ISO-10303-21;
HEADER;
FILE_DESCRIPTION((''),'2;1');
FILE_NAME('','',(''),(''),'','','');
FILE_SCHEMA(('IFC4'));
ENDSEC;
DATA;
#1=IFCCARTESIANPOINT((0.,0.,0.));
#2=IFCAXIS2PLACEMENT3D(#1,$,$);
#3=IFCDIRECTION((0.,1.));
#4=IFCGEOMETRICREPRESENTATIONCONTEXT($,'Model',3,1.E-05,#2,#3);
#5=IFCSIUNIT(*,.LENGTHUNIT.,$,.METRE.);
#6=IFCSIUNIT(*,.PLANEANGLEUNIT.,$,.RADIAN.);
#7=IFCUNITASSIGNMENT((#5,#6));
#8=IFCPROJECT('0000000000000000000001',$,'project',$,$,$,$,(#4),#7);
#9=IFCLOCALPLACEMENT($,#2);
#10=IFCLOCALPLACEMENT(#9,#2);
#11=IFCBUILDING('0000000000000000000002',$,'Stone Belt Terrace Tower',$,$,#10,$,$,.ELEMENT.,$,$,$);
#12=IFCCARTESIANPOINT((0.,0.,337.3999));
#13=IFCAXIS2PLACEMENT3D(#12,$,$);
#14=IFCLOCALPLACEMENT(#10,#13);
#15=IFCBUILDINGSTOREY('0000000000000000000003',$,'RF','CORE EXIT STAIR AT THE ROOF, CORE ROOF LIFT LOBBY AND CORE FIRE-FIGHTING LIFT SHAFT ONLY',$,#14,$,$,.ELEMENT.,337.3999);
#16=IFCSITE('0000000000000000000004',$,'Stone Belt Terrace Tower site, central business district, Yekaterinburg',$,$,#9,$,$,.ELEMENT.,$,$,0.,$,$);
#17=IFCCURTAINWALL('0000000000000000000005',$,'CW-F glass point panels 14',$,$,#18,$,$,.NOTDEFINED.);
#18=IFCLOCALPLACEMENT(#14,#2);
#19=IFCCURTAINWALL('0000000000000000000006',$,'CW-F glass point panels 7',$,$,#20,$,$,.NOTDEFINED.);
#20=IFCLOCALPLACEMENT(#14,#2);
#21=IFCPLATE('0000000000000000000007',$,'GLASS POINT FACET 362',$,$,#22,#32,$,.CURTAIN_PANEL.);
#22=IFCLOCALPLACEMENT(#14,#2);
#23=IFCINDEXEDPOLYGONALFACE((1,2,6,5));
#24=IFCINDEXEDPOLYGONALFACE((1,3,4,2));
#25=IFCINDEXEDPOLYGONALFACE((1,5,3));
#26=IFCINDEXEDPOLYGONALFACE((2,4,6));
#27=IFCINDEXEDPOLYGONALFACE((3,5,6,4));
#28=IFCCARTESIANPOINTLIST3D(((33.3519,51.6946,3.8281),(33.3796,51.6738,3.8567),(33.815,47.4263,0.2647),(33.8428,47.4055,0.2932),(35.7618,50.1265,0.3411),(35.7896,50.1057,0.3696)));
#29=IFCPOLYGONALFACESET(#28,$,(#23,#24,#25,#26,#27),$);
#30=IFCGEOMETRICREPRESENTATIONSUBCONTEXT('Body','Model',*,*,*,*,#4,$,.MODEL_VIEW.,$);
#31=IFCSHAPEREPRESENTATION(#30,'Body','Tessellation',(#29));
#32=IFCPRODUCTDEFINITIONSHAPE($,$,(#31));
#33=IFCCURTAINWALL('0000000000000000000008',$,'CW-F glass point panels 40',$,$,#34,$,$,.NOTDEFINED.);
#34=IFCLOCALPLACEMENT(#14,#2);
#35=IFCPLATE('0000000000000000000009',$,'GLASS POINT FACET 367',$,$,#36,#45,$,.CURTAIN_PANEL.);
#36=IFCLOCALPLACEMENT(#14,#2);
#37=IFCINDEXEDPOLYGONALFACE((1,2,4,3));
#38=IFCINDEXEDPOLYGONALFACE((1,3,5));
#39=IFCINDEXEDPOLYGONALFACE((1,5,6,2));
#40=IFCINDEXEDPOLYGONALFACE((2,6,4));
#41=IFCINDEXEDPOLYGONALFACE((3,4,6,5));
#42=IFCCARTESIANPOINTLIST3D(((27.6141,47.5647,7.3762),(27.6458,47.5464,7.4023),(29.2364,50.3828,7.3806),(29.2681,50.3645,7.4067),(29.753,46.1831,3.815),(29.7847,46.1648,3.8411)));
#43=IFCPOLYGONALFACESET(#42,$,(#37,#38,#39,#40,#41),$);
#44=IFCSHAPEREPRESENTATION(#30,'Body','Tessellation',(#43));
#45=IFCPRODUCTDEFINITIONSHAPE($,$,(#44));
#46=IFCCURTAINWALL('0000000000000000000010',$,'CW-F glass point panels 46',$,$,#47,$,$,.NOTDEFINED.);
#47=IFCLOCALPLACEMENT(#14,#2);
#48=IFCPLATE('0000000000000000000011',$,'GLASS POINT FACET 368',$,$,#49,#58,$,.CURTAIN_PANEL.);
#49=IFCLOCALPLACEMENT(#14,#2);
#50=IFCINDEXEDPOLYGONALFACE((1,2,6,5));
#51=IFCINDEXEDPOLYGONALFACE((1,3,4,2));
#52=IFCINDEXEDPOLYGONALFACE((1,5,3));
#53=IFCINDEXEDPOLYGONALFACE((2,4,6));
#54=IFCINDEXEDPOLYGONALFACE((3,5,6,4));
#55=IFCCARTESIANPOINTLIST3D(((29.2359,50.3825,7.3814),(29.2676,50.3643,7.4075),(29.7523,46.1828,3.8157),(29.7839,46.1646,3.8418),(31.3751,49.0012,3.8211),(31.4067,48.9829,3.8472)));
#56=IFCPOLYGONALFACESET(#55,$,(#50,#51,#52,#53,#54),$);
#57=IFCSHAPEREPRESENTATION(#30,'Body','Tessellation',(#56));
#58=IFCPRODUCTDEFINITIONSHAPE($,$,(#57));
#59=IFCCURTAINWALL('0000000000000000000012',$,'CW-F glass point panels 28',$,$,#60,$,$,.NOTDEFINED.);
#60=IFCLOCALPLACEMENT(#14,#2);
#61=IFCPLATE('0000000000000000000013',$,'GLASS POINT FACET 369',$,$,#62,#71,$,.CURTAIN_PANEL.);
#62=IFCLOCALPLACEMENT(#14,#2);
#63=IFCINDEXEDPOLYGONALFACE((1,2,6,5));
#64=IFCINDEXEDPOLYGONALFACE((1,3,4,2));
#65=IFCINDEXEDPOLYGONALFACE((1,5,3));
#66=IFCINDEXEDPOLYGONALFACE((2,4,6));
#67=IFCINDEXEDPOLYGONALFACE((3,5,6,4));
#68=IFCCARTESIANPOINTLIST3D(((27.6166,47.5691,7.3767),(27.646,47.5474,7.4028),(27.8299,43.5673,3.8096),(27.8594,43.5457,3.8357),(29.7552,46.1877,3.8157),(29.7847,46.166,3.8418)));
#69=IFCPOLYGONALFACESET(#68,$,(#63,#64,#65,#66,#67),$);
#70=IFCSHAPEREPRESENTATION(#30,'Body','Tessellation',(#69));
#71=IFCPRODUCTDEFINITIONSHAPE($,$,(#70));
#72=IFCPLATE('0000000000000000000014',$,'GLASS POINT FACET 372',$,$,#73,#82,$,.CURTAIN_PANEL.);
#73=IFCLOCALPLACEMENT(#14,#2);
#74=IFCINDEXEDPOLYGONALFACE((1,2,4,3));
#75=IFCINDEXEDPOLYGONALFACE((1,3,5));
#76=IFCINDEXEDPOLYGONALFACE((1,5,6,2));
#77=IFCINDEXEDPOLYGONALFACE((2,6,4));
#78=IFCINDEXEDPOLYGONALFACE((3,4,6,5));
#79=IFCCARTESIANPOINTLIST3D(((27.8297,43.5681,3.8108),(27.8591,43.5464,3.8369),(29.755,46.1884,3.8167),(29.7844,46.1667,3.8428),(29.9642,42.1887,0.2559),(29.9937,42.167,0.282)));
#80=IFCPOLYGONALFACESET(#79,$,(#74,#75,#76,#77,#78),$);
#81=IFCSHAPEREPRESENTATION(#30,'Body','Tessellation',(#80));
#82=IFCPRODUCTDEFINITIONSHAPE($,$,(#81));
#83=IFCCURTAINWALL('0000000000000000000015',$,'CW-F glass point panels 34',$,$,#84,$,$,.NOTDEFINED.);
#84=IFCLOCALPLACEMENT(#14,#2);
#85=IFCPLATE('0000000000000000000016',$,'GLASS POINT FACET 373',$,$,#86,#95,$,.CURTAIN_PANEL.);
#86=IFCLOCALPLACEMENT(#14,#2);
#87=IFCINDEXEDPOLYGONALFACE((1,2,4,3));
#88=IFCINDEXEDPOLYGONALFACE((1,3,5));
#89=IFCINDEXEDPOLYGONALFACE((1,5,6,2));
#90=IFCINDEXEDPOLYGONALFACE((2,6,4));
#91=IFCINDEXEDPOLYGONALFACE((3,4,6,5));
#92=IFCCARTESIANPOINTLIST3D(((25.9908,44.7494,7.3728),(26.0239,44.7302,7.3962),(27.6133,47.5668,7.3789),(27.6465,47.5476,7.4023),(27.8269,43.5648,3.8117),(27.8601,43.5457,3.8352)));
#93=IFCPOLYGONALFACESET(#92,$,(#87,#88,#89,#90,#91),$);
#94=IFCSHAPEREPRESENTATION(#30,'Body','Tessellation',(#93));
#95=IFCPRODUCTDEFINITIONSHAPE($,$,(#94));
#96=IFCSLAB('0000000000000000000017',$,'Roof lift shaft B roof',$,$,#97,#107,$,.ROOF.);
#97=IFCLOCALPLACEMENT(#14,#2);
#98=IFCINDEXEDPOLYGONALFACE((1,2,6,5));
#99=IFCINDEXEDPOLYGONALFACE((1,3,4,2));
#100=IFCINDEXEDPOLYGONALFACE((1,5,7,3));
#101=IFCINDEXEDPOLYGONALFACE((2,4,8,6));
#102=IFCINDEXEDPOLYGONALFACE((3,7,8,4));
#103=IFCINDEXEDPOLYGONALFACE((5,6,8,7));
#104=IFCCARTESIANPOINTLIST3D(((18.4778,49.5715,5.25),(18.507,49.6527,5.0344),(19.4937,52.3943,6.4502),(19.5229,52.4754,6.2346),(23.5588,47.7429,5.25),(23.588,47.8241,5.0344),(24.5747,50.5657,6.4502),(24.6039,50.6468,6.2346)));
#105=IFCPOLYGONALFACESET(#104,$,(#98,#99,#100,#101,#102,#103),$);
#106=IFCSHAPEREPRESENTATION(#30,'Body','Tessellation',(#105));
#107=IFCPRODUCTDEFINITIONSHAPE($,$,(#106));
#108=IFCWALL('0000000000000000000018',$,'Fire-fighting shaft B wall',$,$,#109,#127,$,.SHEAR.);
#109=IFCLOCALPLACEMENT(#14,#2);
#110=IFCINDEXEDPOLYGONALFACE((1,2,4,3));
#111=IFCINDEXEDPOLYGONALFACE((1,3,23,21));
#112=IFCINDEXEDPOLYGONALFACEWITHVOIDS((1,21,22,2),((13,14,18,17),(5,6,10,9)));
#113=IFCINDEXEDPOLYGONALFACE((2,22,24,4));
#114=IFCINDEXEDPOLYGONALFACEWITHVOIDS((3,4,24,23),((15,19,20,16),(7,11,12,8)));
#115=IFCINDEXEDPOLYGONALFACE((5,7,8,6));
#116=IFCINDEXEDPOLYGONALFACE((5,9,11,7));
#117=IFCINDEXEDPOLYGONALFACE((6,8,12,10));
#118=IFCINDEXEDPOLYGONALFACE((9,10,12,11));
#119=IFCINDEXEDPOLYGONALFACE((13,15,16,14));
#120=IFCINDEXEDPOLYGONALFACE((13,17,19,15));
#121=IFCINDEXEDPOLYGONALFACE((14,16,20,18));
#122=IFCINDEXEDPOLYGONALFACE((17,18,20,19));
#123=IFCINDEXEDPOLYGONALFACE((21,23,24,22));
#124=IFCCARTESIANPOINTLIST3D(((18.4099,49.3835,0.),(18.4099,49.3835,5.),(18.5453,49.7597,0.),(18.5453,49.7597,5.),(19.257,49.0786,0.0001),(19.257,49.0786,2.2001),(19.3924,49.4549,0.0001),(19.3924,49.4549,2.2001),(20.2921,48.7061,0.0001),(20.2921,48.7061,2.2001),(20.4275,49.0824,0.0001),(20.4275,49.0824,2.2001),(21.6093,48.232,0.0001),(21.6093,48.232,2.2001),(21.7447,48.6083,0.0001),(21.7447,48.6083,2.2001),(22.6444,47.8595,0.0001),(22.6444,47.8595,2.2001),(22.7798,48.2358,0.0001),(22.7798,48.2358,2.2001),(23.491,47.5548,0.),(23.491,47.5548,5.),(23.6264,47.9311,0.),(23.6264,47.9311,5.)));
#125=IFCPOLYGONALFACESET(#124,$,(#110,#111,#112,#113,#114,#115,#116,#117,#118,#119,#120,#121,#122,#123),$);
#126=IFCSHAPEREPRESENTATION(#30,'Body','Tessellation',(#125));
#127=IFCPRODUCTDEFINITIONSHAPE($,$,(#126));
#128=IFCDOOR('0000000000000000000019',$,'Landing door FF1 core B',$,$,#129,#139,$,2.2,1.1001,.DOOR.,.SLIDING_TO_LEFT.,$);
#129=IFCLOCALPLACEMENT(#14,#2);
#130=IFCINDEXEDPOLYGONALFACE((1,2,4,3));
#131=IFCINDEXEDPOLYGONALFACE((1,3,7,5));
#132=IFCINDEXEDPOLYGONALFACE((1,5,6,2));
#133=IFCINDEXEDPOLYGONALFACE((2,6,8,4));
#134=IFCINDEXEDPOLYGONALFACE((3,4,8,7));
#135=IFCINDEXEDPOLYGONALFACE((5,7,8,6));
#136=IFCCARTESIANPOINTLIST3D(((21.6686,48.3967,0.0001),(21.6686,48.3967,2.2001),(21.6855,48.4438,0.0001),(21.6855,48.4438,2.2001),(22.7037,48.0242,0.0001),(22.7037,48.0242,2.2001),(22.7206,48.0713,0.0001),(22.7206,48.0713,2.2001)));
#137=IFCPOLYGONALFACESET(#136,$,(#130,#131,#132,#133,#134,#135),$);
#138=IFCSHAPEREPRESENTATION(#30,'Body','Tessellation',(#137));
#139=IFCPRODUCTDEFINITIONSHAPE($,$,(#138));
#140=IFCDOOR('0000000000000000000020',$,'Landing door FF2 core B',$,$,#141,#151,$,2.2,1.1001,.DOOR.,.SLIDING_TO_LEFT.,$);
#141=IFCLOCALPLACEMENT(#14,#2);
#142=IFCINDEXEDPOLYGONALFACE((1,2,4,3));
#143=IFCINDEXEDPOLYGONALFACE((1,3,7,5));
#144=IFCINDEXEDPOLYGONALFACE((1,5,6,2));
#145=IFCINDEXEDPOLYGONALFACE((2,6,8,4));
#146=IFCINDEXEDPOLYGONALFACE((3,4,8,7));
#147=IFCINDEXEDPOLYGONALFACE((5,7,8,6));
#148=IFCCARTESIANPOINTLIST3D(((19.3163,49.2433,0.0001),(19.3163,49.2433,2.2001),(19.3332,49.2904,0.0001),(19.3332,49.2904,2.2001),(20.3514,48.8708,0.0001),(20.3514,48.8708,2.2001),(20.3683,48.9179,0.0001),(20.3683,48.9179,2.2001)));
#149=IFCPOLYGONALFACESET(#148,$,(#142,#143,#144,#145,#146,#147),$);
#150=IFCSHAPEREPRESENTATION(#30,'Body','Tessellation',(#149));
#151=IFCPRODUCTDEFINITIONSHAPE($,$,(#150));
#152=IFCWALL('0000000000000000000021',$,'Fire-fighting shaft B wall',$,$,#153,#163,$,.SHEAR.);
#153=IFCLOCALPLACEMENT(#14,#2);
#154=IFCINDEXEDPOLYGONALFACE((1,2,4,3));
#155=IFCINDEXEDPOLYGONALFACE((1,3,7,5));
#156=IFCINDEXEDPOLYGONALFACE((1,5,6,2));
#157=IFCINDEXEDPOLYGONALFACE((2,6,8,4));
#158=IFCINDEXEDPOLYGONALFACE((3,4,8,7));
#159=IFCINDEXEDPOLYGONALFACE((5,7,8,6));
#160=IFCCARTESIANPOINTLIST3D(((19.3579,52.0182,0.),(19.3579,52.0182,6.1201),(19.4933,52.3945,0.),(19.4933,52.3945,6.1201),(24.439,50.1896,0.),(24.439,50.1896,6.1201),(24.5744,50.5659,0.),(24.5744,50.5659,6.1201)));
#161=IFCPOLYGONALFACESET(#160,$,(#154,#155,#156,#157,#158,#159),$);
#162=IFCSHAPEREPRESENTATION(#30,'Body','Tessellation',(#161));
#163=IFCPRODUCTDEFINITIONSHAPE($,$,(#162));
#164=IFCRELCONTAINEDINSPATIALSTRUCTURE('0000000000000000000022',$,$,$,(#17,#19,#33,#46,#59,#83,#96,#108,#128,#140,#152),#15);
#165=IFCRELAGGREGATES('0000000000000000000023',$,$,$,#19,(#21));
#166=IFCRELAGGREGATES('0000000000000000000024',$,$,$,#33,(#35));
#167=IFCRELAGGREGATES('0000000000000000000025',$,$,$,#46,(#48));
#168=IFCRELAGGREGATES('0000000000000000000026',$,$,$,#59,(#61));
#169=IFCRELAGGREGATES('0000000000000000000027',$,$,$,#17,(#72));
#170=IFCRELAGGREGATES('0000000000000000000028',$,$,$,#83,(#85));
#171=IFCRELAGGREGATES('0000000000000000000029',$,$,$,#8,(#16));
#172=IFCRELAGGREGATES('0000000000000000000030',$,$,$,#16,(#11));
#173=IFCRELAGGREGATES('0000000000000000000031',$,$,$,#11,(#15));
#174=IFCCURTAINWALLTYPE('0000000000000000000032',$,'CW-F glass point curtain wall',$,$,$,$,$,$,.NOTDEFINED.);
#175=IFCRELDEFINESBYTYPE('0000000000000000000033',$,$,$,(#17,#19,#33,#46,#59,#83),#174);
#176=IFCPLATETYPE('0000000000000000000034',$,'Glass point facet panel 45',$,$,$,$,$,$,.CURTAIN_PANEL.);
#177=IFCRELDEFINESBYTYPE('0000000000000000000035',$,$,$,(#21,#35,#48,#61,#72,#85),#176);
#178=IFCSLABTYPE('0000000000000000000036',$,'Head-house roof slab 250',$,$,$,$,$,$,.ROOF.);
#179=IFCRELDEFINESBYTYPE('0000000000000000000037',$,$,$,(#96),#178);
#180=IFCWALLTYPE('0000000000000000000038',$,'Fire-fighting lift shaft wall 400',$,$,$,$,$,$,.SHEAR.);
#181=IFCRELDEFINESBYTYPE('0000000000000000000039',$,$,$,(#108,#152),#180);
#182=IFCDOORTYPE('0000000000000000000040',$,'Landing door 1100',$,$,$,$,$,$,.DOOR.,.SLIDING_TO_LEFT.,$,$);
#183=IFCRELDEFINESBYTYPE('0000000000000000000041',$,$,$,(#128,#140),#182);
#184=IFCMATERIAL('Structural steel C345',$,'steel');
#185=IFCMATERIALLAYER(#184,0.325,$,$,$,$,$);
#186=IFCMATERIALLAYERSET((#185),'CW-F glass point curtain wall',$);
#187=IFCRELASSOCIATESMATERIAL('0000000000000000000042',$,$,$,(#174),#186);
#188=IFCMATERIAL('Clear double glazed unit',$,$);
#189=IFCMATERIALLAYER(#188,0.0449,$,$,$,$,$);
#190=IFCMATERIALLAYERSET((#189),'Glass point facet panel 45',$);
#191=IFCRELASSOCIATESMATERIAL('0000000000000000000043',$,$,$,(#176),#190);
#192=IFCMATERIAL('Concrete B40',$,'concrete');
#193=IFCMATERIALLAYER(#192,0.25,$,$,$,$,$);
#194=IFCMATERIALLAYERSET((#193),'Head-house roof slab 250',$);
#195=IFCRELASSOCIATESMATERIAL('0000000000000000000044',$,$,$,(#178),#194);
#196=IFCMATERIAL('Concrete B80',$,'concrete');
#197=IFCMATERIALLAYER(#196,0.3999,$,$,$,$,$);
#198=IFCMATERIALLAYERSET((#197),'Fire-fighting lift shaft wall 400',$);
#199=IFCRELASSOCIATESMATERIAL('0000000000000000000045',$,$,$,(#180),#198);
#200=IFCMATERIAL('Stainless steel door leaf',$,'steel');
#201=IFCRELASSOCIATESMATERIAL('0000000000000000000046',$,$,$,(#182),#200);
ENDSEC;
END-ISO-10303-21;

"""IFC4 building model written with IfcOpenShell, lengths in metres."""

from ifc_helpers import new_model, si_unit, direction, frame, frame_2d, origin, place, context, subcontext, project, spatial, polyline, rectangle, outline, extrude, material, layer, layer_set, type_object, element, fill, aggregate, save


model = new_model("IFC4")

# Units and contexts
model_context = context("Model", 3, precision=1e-05, world=origin(), true_north=direction((0.0, 1.0)))
body_context = subcontext(model_context, "Body", "Model", "MODEL_VIEW")
ifc_project = project(units=[si_unit("LENGTHUNIT", "METRE"), si_unit("PLANEANGLEUNIT", "RADIAN")], contexts=[model_context])

# Site, building, storey
site_placement = place(None, origin())
site = spatial("IfcSite", under=ifc_project, at=site_placement, Name="Stone Belt Terrace Tower site, central business district, Yekaterinburg", CompositionType="ELEMENT", RefElevation=0.0)
building_placement = place(site_placement, origin())
building = spatial("IfcBuilding", under=site, at=building_placement, Name="Stone Belt Terrace Tower", CompositionType="ELEMENT")
storey_placement = place(building_placement, frame((0.0, 0.0, 337.3999)))
storey = spatial("IfcBuildingStorey", under=building, at=storey_placement, Name="RF", Description="CORE EXIT STAIR AT THE ROOF, CORE ROOF LIFT LOBBY AND CORE FIRE-FIGHTING LIFT SHAFT ONLY", CompositionType="ELEMENT", Elevation=337.3999)

# Shared definitions
ifc_material_1 = material(Name="Structural steel C345", Category="steel")

# Shared definitions
ifc_layer_1 = layer(ifc_material_1, 0.325)
ifc_layer_set_1 = layer_set([ifc_layer_1], Name="CW-F glass point curtain wall")
curtain_wall_type = type_object("IfcCurtainWallType", Name="CW-F glass point curtain wall", PredefinedType="NOTDEFINED", material=ifc_layer_set_1)
ifc_material_2 = material(Name="Clear double glazed unit")
ifc_layer_2 = layer(ifc_material_2, 0.0449)
ifc_layer_set_2 = layer_set([ifc_layer_2], Name="Glass point facet panel 45")
plate_type = type_object("IfcPlateType", Name="Glass point facet panel 45", PredefinedType="CURTAIN_PANEL", material=ifc_layer_set_2)

# Curtain walls, plates
curtain_wall_1_placement = place(storey_placement, origin())
curtain_wall_1 = element("IfcCurtainWall", 1, at=curtain_wall_1_placement, inside=storey, type_object=curtain_wall_type, Name="CW-F glass point panels 14", PredefinedType="NOTDEFINED")
curtain_wall_2_placement = place(storey_placement, origin())
curtain_wall_2 = element("IfcCurtainWall", 2, at=curtain_wall_2_placement, inside=storey, type_object=curtain_wall_type, Name="CW-F glass point panels 7", PredefinedType="NOTDEFINED")
plate_1_placement = place(storey_placement, frame((35.7896, 50.1057, 0.3696), z_axis=(0.617773, -0.46338, 0.635323), x_axis=(-0.584672, -0.810945, -0.02295)))
plate_1 = element("IfcPlate", 3, at=plate_1_placement, type_object=plate_type, Name="GLASS POINT FACET 362", PredefinedType="CURTAIN_PANEL", context=body_context, shape_type="SweptSolid", body=[
    extrude(outline(polyline([(0.0, 0.0), (3.3297, 0.0), (0.0573, -4.5192), (0.0, 0.0)])), origin(), (0.0, 0.0, -1.0), 0.0449),
])
aggregate(curtain_wall_2, [plate_1])
curtain_wall_3_placement = place(storey_placement, origin())
curtain_wall_3 = element("IfcCurtainWall", 4, at=curtain_wall_3_placement, inside=storey, type_object=curtain_wall_type, Name="CW-F glass point panels 40", PredefinedType="NOTDEFINED")
plate_2_placement = place(storey_placement, frame((27.6458, 47.5464, 7.4023), z_axis=(0.704895, -0.406695, 0.581139), x_axis=(0.498909, 0.866653, 0.001351)))
plate_2 = element("IfcPlate", 5, at=plate_2_placement, type_object=plate_type, Name="GLASS POINT FACET 367", PredefinedType="CURTAIN_PANEL", context=body_context, shape_type="SweptSolid", body=[
    extrude(outline(polyline([(0.0, 0.0), (3.2517, 0.0), (-0.135, -4.3759), (0.0, 0.0)])), origin(), (0.0, 0.0, -1.0), 0.0449),
])
aggregate(curtain_wall_3, [plate_2])
curtain_wall_4_placement = place(storey_placement, origin())
curtain_wall_4 = element("IfcCurtainWall", 6, at=curtain_wall_4_placement, inside=storey, type_object=curtain_wall_type, Name="CW-F glass point panels 46", PredefinedType="NOTDEFINED")
plate_3_placement = place(storey_placement, frame((31.4067, 48.9829, 3.8472), z_axis=(0.704692, -0.406867, 0.581264), x_axis=(-0.498989, -0.866607, -0.001652)))
plate_3 = element("IfcPlate", 7, at=plate_3_placement, type_object=plate_type, Name="GLASS POINT FACET 368", PredefinedType="CURTAIN_PANEL", context=body_context, shape_type="SweptSolid", body=[
    extrude(outline(polyline([(0.0, 0.0), (3.2522, 0.0), (-0.1355, -4.3751), (0.0, 0.0)])), origin(), (0.0, 0.0, -1.0), 0.0449),
])
aggregate(curtain_wall_4, [plate_3])
curtain_wall_5_placement = place(storey_placement, origin())
curtain_wall_5 = element("IfcCurtainWall", 8, at=curtain_wall_5_placement, inside=storey, type_object=curtain_wall_type, Name="CW-F glass point panels 28", PredefinedType="NOTDEFINED")
plate_4_placement = place(storey_placement, frame((27.646, 47.5474, 7.4028), z_axis=(0.655323, -0.482847, 0.580871), x_axis=(0.488554, -0.315552, -0.813475)))
plate_4 = element("IfcPlate", 9, at=plate_4_placement, type_object=plate_type, Name="GLASS POINT FACET 369", PredefinedType="CURTAIN_PANEL", context=body_context, shape_type="SweptSolid", body=[
    extrude(outline(polyline([(0.0, 0.0), (4.3776, 0.0), (4.2688, -3.2498), (0.0, 0.0)])), origin(), (0.0, 0.0, -1.0), 0.0449),
])
aggregate(curtain_wall_5, [plate_4])

# Plate
plate_5_placement = place(storey_placement, frame((29.7844, 46.1667, 3.8428), z_axis=(0.655361, -0.482821, 0.58085), x_axis=(0.039041, -0.746334, -0.664425)))
plate_5 = element("IfcPlate", 10, at=plate_5_placement, type_object=plate_type, Name="GLASS POINT FACET 372", PredefinedType="CURTAIN_PANEL", context=body_context, shape_type="SweptSolid", body=[
    extrude(outline(polyline([(0.0, 0.0), (5.3592, 0.0), (1.8844, -2.6499), (0.0, 0.0)])), origin(), (0.0, 0.0, -1.0), 0.0449),
])
aggregate(curtain_wall_1, [plate_5])

# Curtain wall, plate
curtain_wall_6_placement = place(storey_placement, origin())
curtain_wall_6 = element("IfcCurtainWall", 11, at=curtain_wall_6_placement, inside=storey, type_object=curtain_wall_type, Name="CW-F glass point panels 34", PredefinedType="NOTDEFINED")
plate_6_placement = place(storey_placement, frame((27.6465, 47.5476, 7.4023), z_axis=(0.738354, -0.426357, 0.522545), x_axis=(0.039816, -0.745905, -0.664862)))
plate_6 = element("IfcPlate", 12, at=plate_6_placement, type_object=plate_type, Name="GLASS POINT FACET 373", PredefinedType="CURTAIN_PANEL", context=body_context, shape_type="SweptSolid", body=[
    extrude(outline(polyline([(0.0, 0.0), (5.3652, 0.0), (2.041, -2.5308), (0.0, 0.0)])), origin(), (0.0, 0.0, -1.0), 0.0449),
])
aggregate(curtain_wall_6, [plate_6])

# Slab
ifc_material_3 = material(Name="Concrete B40", Category="concrete")
ifc_layer_3 = layer(ifc_material_3, 0.25)
ifc_layer_set_3 = layer_set([ifc_layer_3], Name="Head-house roof slab 250")
slab_type = type_object("IfcSlabType", Name="Head-house roof slab 250", PredefinedType="ROOF", material=ifc_layer_set_3)
slab_placement = place(storey_placement, frame((23.5588, 47.7429, 5.25), z_axis=(-0.125781, -0.349499, 0.928455), x_axis=(-0.940921, 0.338627, 0.0)))
element("IfcSlab", 13, at=slab_placement, inside=storey, type_object=slab_type, Name="Roof lift shaft B roof", PredefinedType="ROOF", context=body_context, shape_type="SweptSolid", body=[
    extrude(outline(polyline([(0.0, 0.0), (5.4001, 0.0), (5.4001, -3.2312), (0.0, -3.2312), (0.0, 0.0)])), origin(), (0.0, 0.0, -1.0), 0.2322),
])

# Wall, openings, doors
ifc_material_4 = material(Name="Concrete B80", Category="concrete")
ifc_layer_4 = layer(ifc_material_4, 0.3999)
ifc_layer_set_4 = layer_set([ifc_layer_4], Name="Fire-fighting lift shaft wall 400")
wall_type = type_object("IfcWallType", Name="Fire-fighting lift shaft wall 400", PredefinedType="SHEAR", material=ifc_layer_set_4)
wall_1_placement = place(storey_placement, frame((23.5588, 47.7429, 0.0), z_axis=(0.0, 0.0, 1.0), x_axis=(-0.940921, 0.338627, 0.0)))
wall_1 = element("IfcWall", 14, at=wall_1_placement, inside=storey, type_object=wall_type, Name="Fire-fighting shaft B wall", PredefinedType="SHEAR", context=body_context, shape_type="SweptSolid", body=[
    extrude(rectangle(XDim=5.4001, YDim=0.3999, at=frame_2d((2.7002, 0.0))), origin(), (0.0, 0.0, 1.0), 5.0),
])
opening_1_placement = place(wall_1_placement, frame((0.8999, 0.0, 0.0)))
opening_1 = element("IfcOpeningElement", 15, at=opening_1_placement, cuts=wall_1, PredefinedType="OPENING", context=body_context, shape_type="SweptSolid", body=[
    extrude(rectangle(XDim=1.1001, YDim=2.2, at=frame_2d((0.55, 1.1001))), frame((0.0, 0.21, 0.0), z_axis=(0.0, -1.0, 0.0), x_axis=(1.0, 0.0, 0.0)), (0.0, 0.0, 1.0), 0.4199),
])
opening_2_placement = place(wall_1_placement, frame((3.3999, 0.0, 0.0)))
opening_2 = element("IfcOpeningElement", 16, at=opening_2_placement, cuts=wall_1, PredefinedType="OPENING", context=body_context, shape_type="SweptSolid", body=[
    extrude(rectangle(XDim=1.1001, YDim=2.2, at=frame_2d((0.55, 1.1001))), frame((0.0, 0.21, 0.0), z_axis=(0.0, -1.0, 0.0), x_axis=(1.0, 0.0, 0.0)), (0.0, 0.0, 1.0), 0.4199),
])
ifc_material_5 = material(Name="Stainless steel door leaf", Category="steel")
door_type = type_object("IfcDoorType", Name="Landing door 1100", OperationType="SLIDING_TO_LEFT", PredefinedType="DOOR", material=ifc_material_5)
door_1_placement = place(opening_1_placement, origin())
door_1 = element("IfcDoor", 17, at=door_1_placement, inside=storey, type_object=door_type, Name="Landing door FF1 core B", OperationType="SLIDING_TO_LEFT", OverallHeight=2.2, OverallWidth=1.1001, PredefinedType="DOOR", context=body_context, shape_type="SweptSolid", body=[
    extrude(rectangle(XDim=1.1001, YDim=2.2, at=frame_2d((0.55, 1.1001))), frame((0.0, 0.0249, 0.0), z_axis=(0.0, -1.0, 0.0), x_axis=(1.0, 0.0, 0.0)), (0.0, 0.0, 1.0), 0.05),
])
fill(opening_1, door_1)
door_2_placement = place(opening_2_placement, origin())
door_2 = element("IfcDoor", 18, at=door_2_placement, inside=storey, type_object=door_type, Name="Landing door FF2 core B", OperationType="SLIDING_TO_LEFT", OverallHeight=2.2, OverallWidth=1.1001, PredefinedType="DOOR", context=body_context, shape_type="SweptSolid", body=[
    extrude(rectangle(XDim=1.1001, YDim=2.2, at=frame_2d((0.55, 1.1001))), frame((0.0, 0.0249, 0.0), z_axis=(0.0, -1.0, 0.0), x_axis=(1.0, 0.0, 0.0)), (0.0, 0.0, 1.0), 0.05),
])
fill(opening_2, door_2)

# Wall
wall_2_placement = place(storey_placement, frame((24.5068, 50.3777, 0.0), z_axis=(0.0, 0.0, 1.0), x_axis=(-0.940921, 0.338627, 0.0)))
element("IfcWall", 19, at=wall_2_placement, inside=storey, type_object=wall_type, Name="Fire-fighting shaft B wall", PredefinedType="SHEAR", context=body_context, shape_type="SweptSolid", body=[
    extrude(rectangle(XDim=5.4001, YDim=0.3999, at=frame_2d((2.7002, 0.0))), origin(), (0.0, 0.0, 1.0), 6.1201),
])

save(model, "model.ifc")
